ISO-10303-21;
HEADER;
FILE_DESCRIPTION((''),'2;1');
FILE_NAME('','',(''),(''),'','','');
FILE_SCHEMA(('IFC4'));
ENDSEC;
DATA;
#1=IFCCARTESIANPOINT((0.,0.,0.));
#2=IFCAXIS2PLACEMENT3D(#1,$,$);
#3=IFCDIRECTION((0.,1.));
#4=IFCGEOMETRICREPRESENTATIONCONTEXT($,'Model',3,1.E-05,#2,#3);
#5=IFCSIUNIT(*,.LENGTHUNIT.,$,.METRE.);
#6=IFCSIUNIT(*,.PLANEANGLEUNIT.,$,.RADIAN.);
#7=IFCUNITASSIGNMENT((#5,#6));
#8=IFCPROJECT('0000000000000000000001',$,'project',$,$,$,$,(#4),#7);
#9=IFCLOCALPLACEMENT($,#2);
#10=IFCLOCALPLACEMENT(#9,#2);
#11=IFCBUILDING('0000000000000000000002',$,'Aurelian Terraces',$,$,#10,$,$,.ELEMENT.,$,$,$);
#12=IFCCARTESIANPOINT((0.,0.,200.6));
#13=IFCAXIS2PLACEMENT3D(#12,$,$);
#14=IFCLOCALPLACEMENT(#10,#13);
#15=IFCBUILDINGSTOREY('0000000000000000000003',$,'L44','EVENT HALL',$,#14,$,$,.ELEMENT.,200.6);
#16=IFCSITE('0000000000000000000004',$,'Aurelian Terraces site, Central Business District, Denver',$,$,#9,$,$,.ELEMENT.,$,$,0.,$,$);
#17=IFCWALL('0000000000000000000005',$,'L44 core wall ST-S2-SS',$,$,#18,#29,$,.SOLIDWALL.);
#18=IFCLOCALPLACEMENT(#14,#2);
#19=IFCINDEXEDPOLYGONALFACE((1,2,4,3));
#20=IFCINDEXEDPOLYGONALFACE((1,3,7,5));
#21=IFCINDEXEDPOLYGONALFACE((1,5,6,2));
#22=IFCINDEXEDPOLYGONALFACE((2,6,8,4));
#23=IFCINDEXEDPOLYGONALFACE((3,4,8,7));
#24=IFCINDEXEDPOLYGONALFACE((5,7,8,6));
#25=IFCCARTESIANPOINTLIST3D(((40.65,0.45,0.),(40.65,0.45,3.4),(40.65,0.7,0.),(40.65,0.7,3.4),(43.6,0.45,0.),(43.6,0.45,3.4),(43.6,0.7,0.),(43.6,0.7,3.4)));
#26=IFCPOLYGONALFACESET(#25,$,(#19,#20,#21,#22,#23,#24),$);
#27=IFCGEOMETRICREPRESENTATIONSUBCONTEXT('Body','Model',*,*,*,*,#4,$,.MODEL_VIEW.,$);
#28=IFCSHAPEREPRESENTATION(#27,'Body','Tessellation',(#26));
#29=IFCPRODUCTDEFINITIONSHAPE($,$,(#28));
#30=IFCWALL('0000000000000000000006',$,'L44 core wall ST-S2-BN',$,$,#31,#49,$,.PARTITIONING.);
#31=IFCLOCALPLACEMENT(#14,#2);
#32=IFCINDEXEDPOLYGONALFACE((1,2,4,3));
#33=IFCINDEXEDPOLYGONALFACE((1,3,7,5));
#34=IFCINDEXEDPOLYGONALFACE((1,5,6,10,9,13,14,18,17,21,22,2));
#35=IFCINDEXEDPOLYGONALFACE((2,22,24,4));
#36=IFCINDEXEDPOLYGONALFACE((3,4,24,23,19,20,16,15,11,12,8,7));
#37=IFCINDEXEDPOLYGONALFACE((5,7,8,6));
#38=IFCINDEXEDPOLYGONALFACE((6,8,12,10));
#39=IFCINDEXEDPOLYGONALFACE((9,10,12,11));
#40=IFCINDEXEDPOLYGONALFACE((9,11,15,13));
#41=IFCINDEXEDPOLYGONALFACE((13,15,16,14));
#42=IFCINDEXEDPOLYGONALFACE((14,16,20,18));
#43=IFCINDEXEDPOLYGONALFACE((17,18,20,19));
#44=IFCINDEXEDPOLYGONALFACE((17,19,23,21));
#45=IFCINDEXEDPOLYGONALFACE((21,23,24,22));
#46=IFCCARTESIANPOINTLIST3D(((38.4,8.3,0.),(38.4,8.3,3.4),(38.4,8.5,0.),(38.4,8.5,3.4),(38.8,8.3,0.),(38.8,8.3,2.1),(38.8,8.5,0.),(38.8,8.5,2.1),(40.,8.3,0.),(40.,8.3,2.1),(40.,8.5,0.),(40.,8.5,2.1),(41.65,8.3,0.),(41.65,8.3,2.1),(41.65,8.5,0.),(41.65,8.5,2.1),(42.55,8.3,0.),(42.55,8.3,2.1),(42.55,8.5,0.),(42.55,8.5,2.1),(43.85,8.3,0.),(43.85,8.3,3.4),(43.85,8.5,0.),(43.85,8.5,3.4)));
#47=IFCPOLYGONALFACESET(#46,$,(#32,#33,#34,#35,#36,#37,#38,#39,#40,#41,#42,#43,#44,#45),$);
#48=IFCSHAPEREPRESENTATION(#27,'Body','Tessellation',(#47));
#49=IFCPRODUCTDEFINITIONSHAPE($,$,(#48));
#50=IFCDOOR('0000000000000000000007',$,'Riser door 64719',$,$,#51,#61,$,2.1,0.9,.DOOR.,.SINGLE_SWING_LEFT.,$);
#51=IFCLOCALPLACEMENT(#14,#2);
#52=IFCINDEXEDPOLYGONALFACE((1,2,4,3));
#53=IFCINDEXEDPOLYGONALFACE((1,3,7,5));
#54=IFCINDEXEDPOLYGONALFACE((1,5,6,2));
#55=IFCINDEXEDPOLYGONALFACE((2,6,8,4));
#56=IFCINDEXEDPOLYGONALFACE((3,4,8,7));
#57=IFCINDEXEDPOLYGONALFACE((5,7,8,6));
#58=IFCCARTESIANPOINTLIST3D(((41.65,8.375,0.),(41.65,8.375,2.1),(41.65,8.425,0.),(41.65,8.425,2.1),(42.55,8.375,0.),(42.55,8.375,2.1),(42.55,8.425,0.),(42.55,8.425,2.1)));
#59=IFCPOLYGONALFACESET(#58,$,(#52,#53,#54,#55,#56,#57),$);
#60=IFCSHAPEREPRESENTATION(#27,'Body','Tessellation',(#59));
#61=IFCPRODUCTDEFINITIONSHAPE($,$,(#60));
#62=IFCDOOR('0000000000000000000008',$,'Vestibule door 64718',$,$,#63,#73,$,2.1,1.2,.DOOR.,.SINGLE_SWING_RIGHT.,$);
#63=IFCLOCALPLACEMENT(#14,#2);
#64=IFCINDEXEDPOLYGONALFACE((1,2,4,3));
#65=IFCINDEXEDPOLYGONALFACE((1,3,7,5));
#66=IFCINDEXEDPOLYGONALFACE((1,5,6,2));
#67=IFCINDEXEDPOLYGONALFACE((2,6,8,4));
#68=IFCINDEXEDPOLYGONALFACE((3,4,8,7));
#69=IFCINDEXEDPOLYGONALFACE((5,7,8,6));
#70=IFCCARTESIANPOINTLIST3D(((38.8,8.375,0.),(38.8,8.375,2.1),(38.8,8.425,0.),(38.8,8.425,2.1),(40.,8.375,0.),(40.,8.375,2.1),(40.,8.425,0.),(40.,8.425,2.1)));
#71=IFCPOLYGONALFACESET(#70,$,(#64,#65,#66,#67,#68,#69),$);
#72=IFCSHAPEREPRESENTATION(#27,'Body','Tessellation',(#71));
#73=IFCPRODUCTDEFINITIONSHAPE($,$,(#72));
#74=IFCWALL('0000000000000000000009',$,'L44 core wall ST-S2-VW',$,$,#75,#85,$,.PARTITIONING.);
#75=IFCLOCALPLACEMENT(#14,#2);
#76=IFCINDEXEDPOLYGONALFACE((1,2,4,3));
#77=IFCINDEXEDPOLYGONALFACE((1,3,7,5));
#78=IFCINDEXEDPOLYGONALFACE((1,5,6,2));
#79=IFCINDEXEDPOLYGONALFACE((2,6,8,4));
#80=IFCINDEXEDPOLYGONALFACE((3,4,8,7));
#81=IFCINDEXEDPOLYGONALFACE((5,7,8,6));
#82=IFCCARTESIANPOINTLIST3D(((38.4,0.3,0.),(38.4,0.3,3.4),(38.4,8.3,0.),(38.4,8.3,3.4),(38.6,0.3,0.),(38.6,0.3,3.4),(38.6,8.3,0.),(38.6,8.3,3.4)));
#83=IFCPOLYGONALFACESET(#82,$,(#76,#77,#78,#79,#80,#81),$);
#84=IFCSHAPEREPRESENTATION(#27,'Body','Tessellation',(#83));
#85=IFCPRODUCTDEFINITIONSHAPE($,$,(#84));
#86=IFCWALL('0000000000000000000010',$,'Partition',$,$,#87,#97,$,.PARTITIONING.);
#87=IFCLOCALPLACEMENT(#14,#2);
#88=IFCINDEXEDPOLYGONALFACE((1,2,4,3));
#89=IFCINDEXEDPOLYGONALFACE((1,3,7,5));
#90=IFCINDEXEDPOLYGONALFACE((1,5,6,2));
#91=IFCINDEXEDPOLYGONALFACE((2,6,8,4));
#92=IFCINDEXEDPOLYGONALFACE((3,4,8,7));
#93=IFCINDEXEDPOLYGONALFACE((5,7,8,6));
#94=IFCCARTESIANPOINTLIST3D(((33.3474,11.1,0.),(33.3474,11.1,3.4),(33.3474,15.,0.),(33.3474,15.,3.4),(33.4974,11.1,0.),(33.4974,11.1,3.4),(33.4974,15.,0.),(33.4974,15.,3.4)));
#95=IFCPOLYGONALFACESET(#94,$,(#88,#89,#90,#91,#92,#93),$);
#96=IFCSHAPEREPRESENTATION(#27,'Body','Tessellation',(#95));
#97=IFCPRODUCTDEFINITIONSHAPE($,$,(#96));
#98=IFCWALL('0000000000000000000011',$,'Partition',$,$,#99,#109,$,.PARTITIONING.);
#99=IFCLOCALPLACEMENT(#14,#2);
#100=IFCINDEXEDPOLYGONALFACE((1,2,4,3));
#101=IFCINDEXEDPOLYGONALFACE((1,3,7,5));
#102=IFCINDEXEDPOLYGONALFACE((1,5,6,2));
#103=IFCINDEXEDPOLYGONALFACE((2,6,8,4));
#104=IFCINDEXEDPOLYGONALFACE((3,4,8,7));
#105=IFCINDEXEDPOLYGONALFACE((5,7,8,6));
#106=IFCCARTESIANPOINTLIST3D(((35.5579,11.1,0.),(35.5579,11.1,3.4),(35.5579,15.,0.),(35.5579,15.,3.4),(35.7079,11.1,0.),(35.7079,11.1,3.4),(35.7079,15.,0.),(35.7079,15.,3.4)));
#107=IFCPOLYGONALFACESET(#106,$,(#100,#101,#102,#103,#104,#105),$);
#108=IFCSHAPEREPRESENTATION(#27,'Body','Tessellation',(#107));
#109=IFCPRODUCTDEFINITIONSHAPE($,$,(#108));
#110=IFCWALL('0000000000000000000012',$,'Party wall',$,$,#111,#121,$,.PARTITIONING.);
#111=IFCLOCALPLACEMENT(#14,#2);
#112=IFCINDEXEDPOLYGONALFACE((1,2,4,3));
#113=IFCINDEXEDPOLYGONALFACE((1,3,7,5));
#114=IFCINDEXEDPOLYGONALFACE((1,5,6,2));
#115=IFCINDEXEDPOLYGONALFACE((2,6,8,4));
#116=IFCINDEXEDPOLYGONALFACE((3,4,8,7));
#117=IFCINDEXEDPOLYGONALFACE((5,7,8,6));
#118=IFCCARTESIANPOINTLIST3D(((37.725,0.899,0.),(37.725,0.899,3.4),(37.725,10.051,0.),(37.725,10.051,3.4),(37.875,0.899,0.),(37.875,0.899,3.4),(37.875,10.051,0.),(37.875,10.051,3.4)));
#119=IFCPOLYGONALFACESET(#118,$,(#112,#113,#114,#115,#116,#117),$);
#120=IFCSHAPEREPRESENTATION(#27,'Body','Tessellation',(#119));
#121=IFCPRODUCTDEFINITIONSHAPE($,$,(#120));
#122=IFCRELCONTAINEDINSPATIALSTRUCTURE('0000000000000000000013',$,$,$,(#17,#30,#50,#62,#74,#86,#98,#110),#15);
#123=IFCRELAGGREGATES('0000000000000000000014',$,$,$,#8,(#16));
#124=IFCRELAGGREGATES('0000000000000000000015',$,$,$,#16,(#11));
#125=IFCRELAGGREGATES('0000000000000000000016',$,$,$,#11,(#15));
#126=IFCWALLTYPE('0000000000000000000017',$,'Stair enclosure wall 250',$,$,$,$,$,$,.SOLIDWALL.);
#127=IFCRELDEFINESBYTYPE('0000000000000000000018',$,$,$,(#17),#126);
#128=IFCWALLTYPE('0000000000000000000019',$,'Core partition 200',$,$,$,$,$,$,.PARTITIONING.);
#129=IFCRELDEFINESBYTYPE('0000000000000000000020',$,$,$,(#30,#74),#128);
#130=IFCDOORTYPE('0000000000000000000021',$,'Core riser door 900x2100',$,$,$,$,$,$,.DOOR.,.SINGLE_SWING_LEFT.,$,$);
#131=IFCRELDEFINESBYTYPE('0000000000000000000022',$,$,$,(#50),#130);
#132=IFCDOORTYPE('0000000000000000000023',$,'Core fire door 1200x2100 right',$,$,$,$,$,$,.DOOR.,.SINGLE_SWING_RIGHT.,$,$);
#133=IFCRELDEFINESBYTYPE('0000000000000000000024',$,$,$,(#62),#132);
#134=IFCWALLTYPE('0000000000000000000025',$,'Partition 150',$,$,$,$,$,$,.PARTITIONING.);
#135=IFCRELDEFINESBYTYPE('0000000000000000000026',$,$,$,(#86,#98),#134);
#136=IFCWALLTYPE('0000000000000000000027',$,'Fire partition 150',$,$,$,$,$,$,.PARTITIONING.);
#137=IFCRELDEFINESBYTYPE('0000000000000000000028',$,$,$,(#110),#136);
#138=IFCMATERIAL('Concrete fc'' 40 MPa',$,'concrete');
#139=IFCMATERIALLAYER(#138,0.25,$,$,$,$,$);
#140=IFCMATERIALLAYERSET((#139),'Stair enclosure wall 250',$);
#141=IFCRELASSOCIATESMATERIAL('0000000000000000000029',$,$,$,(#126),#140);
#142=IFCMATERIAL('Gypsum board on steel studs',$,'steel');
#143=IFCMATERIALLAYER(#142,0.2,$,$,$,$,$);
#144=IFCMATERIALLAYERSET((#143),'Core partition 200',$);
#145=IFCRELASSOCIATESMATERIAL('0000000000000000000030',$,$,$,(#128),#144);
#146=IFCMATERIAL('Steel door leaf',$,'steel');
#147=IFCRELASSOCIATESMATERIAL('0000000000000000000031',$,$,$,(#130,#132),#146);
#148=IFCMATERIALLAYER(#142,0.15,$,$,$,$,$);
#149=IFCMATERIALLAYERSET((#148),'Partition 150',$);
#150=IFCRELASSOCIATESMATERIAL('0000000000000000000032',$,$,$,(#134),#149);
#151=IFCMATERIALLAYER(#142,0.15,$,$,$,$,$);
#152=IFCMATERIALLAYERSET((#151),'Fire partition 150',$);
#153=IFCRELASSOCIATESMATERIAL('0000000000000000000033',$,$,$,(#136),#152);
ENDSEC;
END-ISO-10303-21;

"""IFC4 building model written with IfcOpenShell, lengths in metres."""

from ifc_helpers import new_model, si_unit, direction, frame, frame_2d, origin, place, context, subcontext, project, spatial, rectangle, extrude, source, transform, mapped, material, layer, layer_set, type_object, element, fill, save


model = new_model("IFC4")

# Units and contexts
model_context = context("Model", 3, precision=1e-05, world=origin(), true_north=direction((0.0, 1.0)))
body_context = subcontext(model_context, "Body", "Model", "MODEL_VIEW")
ifc_project = project(units=[si_unit("LENGTHUNIT", "METRE"), si_unit("PLANEANGLEUNIT", "RADIAN")], contexts=[model_context])

# Site, building, storey
site_placement = place(None, origin())
site = spatial("IfcSite", under=ifc_project, at=site_placement, Name="Aurelian Terraces site, Central Business District, Denver", CompositionType="ELEMENT", RefElevation=0.0)
building_placement = place(site_placement, origin())
building = spatial("IfcBuilding", under=site, at=building_placement, Name="Aurelian Terraces", CompositionType="ELEMENT")
storey_placement = place(building_placement, frame((0.0, 0.0, 200.6)))
storey = spatial("IfcBuildingStorey", under=building, at=storey_placement, Name="L44", Description="EVENT HALL", CompositionType="ELEMENT", Elevation=200.6)

# Shared definitions
ifc_material_1 = material(Name="Concrete fc' 40 MPa", Category="concrete")

# Shared definitions
ifc_layer_1 = layer(ifc_material_1, 0.25)
ifc_layer_set_1 = layer_set([ifc_layer_1], Name="Stair enclosure wall 250")
wall_type_1 = type_object("IfcWallType", Name="Stair enclosure wall 250", PredefinedType="SOLIDWALL", material=ifc_layer_set_1)
ifc_material_2 = material(Name="Steel door leaf", Category="steel")

# Wall
shared_shape_1 = source(origin(), body_context, "Body", "SweptSolid", [
    extrude(rectangle(XDim=2.95, YDim=0.25, at=frame_2d((1.475, 0.0))), origin(), (0.0, 0.0, 1.0), 3.4),
])
wall_1_placement = place(storey_placement, frame((40.65, 0.575, 0.0), z_axis=(0.0, 0.0, 1.0), x_axis=(1.0, 0.0, 0.0)))
element("IfcWall", 1, at=wall_1_placement, inside=storey, type_object=wall_type_1, Name="L44 core wall ST-S2-SS", PredefinedType="SOLIDWALL", context=body_context, shape_type="MappedRepresentation", body=[
    mapped(shared_shape_1, transform((0.0, 0.0, 0.0), scale=1.0)),
])

# Wall, openings, doors
ifc_material_3 = material(Name="Gypsum board on steel studs", Category="steel")
ifc_layer_2 = layer(ifc_material_3, 0.2)
ifc_layer_set_2 = layer_set([ifc_layer_2], Name="Core partition 200")
wall_type_2 = type_object("IfcWallType", Name="Core partition 200", PredefinedType="PARTITIONING", material=ifc_layer_set_2)
shared_shape_2 = source(origin(), body_context, "Body", "SweptSolid", [
    extrude(rectangle(XDim=5.45, YDim=0.2, at=frame_2d((2.725, 0.0))), origin(), (0.0, 0.0, 1.0), 3.4),
])
wall_2_placement = place(storey_placement, frame((38.4, 8.4, 0.0), z_axis=(0.0, 0.0, 1.0), x_axis=(1.0, 0.0, 0.0)))
wall_2 = element("IfcWall", 2, at=wall_2_placement, inside=storey, type_object=wall_type_2, Name="L44 core wall ST-S2-BN", PredefinedType="PARTITIONING", context=body_context, shape_type="MappedRepresentation", body=[
    mapped(shared_shape_2, transform((0.0, 0.0, 0.0), scale=1.0)),
])
shared_shape_3 = source(origin(), body_context, "Body", "SweptSolid", [
    extrude(rectangle(XDim=1.2, YDim=2.1, at=frame_2d((0.6, 1.05))), frame((0.0, 0.11, 0.0), z_axis=(0.0, -1.0, 0.0), x_axis=(1.0, 0.0, 0.0)), (0.0, 0.0, 1.0), 0.22),
])
opening_1_placement = place(wall_2_placement, frame((0.4, 0.0, 0.0)))
opening_1 = element("IfcOpeningElement", 3, at=opening_1_placement, cuts=wall_2, PredefinedType="OPENING", context=body_context, shape_type="MappedRepresentation", body=[
    mapped(shared_shape_3, transform((0.0, 0.0, 0.0), scale=1.0)),
])
shared_shape_4 = source(origin(), body_context, "Body", "SweptSolid", [
    extrude(rectangle(XDim=0.9, YDim=2.1, at=frame_2d((0.45, 1.05))), frame((0.0, 0.11, 0.0), z_axis=(0.0, -1.0, 0.0), x_axis=(1.0, 0.0, 0.0)), (0.0, 0.0, 1.0), 0.22),
])
opening_2_placement = place(wall_2_placement, frame((3.25, 0.0, 0.0)))
opening_2 = element("IfcOpeningElement", 4, at=opening_2_placement, cuts=wall_2, PredefinedType="OPENING", context=body_context, shape_type="MappedRepresentation", body=[
    mapped(shared_shape_4, transform((0.0, 0.0, 0.0), scale=1.0)),
])
door_type_1 = type_object("IfcDoorType", Name="Core riser door 900x2100", OperationType="SINGLE_SWING_LEFT", PredefinedType="DOOR", material=ifc_material_2)
shared_shape_5 = source(origin(), body_context, "Body", "SweptSolid", [
    extrude(rectangle(XDim=0.9, YDim=2.1, at=frame_2d((0.45, 1.05))), frame((0.0, 0.025, 0.0), z_axis=(0.0, -1.0, 0.0), x_axis=(1.0, 0.0, 0.0)), (0.0, 0.0, 1.0), 0.05),
])
door_1_placement = place(opening_2_placement, origin())
door_1 = element("IfcDoor", 5, at=door_1_placement, inside=storey, type_object=door_type_1, Name="Riser door 64719", OperationType="SINGLE_SWING_LEFT", OverallHeight=2.1, OverallWidth=0.9, PredefinedType="DOOR", context=body_context, shape_type="MappedRepresentation", body=[
    mapped(shared_shape_5, transform((0.0, 0.0, 0.0), scale=1.0)),
])
fill(opening_2, door_1)
door_type_2 = type_object("IfcDoorType", Name="Core fire door 1200x2100 right", OperationType="SINGLE_SWING_RIGHT", PredefinedType="DOOR", material=ifc_material_2)
shared_shape_6 = source(origin(), body_context, "Body", "SweptSolid", [
    extrude(rectangle(XDim=1.2, YDim=2.1, at=frame_2d((0.6, 1.05))), frame((0.0, 0.025, 0.0), z_axis=(0.0, -1.0, 0.0), x_axis=(1.0, 0.0, 0.0)), (0.0, 0.0, 1.0), 0.05),
])
door_2_placement = place(opening_1_placement, origin())
door_2 = element("IfcDoor", 6, at=door_2_placement, inside=storey, type_object=door_type_2, Name="Vestibule door 64718", OperationType="SINGLE_SWING_RIGHT", OverallHeight=2.1, OverallWidth=1.2, PredefinedType="DOOR", context=body_context, shape_type="MappedRepresentation", body=[
    mapped(shared_shape_6, transform((0.0, 0.0, 0.0), scale=1.0)),
])
fill(opening_1, door_2)

# Walls
shared_shape_7 = source(origin(), body_context, "Body", "SweptSolid", [
    extrude(rectangle(XDim=8.0, YDim=0.2, at=frame_2d((4.0, 0.0))), origin(), (0.0, 0.0, 1.0), 3.4),
])
wall_3_placement = place(storey_placement, frame((38.5, 0.3, 0.0), z_axis=(0.0, 0.0, 1.0), x_axis=(0.0, 1.0, 0.0)))
element("IfcWall", 7, at=wall_3_placement, inside=storey, type_object=wall_type_2, Name="L44 core wall ST-S2-VW", PredefinedType="PARTITIONING", context=body_context, shape_type="MappedRepresentation", body=[
    mapped(shared_shape_7, transform((0.0, 0.0, 0.0), scale=1.0)),
])
ifc_layer_3 = layer(ifc_material_3, 0.15)
ifc_layer_set_3 = layer_set([ifc_layer_3], Name="Partition 150")
wall_type_3 = type_object("IfcWallType", Name="Partition 150", PredefinedType="PARTITIONING", material=ifc_layer_set_3)
shared_shape_8 = source(origin(), body_context, "Body", "SweptSolid", [
    extrude(rectangle(XDim=3.9, YDim=0.15, at=frame_2d((1.95, 0.0))), origin(), (0.0, 0.0, 1.0), 3.4),
])
for number, where, z_axis, x_axis, name in (
    (8, (33.4224, 11.1, 0.0), (0.0, 0.0, 1.0), (0.0, 1.0, 0.0), "Partition"),
    (9, (35.6329, 11.1, 0.0), (0.0, 0.0, 1.0), (0.0, 1.0, 0.0), "Partition"),
):
    element("IfcWall", number, at=place(storey_placement, frame(where, z_axis=z_axis, x_axis=x_axis)), inside=storey, type_object=wall_type_3, Name=name, PredefinedType="PARTITIONING", context=body_context, shape_type="MappedRepresentation", body=[
        mapped(shared_shape_8, transform((0.0, 0.0, 0.0), scale=1.0)),
    ])
ifc_layer_4 = layer(ifc_material_3, 0.15)
ifc_layer_set_4 = layer_set([ifc_layer_4], Name="Fire partition 150")
wall_type_4 = type_object("IfcWallType", Name="Fire partition 150", PredefinedType="PARTITIONING", material=ifc_layer_set_4)
shared_shape_9 = source(origin(), body_context, "Body", "SweptSolid", [
    extrude(rectangle(XDim=9.152, YDim=0.15, at=frame_2d((4.576, 0.0))), origin(), (0.0, 0.0, 1.0), 3.4),
])
wall_4_placement = place(storey_placement, frame((37.8, 0.899, 0.0), z_axis=(0.0, 0.0, 1.0), x_axis=(0.0, 1.0, 0.0)))
element("IfcWall", 10, at=wall_4_placement, inside=storey, type_object=wall_type_4, Name="Party wall", PredefinedType="PARTITIONING", context=body_context, shape_type="MappedRepresentation", body=[
    mapped(shared_shape_9, transform((0.0, 0.0, 0.0), scale=1.0)),
])

save(model, "model.ifc")
